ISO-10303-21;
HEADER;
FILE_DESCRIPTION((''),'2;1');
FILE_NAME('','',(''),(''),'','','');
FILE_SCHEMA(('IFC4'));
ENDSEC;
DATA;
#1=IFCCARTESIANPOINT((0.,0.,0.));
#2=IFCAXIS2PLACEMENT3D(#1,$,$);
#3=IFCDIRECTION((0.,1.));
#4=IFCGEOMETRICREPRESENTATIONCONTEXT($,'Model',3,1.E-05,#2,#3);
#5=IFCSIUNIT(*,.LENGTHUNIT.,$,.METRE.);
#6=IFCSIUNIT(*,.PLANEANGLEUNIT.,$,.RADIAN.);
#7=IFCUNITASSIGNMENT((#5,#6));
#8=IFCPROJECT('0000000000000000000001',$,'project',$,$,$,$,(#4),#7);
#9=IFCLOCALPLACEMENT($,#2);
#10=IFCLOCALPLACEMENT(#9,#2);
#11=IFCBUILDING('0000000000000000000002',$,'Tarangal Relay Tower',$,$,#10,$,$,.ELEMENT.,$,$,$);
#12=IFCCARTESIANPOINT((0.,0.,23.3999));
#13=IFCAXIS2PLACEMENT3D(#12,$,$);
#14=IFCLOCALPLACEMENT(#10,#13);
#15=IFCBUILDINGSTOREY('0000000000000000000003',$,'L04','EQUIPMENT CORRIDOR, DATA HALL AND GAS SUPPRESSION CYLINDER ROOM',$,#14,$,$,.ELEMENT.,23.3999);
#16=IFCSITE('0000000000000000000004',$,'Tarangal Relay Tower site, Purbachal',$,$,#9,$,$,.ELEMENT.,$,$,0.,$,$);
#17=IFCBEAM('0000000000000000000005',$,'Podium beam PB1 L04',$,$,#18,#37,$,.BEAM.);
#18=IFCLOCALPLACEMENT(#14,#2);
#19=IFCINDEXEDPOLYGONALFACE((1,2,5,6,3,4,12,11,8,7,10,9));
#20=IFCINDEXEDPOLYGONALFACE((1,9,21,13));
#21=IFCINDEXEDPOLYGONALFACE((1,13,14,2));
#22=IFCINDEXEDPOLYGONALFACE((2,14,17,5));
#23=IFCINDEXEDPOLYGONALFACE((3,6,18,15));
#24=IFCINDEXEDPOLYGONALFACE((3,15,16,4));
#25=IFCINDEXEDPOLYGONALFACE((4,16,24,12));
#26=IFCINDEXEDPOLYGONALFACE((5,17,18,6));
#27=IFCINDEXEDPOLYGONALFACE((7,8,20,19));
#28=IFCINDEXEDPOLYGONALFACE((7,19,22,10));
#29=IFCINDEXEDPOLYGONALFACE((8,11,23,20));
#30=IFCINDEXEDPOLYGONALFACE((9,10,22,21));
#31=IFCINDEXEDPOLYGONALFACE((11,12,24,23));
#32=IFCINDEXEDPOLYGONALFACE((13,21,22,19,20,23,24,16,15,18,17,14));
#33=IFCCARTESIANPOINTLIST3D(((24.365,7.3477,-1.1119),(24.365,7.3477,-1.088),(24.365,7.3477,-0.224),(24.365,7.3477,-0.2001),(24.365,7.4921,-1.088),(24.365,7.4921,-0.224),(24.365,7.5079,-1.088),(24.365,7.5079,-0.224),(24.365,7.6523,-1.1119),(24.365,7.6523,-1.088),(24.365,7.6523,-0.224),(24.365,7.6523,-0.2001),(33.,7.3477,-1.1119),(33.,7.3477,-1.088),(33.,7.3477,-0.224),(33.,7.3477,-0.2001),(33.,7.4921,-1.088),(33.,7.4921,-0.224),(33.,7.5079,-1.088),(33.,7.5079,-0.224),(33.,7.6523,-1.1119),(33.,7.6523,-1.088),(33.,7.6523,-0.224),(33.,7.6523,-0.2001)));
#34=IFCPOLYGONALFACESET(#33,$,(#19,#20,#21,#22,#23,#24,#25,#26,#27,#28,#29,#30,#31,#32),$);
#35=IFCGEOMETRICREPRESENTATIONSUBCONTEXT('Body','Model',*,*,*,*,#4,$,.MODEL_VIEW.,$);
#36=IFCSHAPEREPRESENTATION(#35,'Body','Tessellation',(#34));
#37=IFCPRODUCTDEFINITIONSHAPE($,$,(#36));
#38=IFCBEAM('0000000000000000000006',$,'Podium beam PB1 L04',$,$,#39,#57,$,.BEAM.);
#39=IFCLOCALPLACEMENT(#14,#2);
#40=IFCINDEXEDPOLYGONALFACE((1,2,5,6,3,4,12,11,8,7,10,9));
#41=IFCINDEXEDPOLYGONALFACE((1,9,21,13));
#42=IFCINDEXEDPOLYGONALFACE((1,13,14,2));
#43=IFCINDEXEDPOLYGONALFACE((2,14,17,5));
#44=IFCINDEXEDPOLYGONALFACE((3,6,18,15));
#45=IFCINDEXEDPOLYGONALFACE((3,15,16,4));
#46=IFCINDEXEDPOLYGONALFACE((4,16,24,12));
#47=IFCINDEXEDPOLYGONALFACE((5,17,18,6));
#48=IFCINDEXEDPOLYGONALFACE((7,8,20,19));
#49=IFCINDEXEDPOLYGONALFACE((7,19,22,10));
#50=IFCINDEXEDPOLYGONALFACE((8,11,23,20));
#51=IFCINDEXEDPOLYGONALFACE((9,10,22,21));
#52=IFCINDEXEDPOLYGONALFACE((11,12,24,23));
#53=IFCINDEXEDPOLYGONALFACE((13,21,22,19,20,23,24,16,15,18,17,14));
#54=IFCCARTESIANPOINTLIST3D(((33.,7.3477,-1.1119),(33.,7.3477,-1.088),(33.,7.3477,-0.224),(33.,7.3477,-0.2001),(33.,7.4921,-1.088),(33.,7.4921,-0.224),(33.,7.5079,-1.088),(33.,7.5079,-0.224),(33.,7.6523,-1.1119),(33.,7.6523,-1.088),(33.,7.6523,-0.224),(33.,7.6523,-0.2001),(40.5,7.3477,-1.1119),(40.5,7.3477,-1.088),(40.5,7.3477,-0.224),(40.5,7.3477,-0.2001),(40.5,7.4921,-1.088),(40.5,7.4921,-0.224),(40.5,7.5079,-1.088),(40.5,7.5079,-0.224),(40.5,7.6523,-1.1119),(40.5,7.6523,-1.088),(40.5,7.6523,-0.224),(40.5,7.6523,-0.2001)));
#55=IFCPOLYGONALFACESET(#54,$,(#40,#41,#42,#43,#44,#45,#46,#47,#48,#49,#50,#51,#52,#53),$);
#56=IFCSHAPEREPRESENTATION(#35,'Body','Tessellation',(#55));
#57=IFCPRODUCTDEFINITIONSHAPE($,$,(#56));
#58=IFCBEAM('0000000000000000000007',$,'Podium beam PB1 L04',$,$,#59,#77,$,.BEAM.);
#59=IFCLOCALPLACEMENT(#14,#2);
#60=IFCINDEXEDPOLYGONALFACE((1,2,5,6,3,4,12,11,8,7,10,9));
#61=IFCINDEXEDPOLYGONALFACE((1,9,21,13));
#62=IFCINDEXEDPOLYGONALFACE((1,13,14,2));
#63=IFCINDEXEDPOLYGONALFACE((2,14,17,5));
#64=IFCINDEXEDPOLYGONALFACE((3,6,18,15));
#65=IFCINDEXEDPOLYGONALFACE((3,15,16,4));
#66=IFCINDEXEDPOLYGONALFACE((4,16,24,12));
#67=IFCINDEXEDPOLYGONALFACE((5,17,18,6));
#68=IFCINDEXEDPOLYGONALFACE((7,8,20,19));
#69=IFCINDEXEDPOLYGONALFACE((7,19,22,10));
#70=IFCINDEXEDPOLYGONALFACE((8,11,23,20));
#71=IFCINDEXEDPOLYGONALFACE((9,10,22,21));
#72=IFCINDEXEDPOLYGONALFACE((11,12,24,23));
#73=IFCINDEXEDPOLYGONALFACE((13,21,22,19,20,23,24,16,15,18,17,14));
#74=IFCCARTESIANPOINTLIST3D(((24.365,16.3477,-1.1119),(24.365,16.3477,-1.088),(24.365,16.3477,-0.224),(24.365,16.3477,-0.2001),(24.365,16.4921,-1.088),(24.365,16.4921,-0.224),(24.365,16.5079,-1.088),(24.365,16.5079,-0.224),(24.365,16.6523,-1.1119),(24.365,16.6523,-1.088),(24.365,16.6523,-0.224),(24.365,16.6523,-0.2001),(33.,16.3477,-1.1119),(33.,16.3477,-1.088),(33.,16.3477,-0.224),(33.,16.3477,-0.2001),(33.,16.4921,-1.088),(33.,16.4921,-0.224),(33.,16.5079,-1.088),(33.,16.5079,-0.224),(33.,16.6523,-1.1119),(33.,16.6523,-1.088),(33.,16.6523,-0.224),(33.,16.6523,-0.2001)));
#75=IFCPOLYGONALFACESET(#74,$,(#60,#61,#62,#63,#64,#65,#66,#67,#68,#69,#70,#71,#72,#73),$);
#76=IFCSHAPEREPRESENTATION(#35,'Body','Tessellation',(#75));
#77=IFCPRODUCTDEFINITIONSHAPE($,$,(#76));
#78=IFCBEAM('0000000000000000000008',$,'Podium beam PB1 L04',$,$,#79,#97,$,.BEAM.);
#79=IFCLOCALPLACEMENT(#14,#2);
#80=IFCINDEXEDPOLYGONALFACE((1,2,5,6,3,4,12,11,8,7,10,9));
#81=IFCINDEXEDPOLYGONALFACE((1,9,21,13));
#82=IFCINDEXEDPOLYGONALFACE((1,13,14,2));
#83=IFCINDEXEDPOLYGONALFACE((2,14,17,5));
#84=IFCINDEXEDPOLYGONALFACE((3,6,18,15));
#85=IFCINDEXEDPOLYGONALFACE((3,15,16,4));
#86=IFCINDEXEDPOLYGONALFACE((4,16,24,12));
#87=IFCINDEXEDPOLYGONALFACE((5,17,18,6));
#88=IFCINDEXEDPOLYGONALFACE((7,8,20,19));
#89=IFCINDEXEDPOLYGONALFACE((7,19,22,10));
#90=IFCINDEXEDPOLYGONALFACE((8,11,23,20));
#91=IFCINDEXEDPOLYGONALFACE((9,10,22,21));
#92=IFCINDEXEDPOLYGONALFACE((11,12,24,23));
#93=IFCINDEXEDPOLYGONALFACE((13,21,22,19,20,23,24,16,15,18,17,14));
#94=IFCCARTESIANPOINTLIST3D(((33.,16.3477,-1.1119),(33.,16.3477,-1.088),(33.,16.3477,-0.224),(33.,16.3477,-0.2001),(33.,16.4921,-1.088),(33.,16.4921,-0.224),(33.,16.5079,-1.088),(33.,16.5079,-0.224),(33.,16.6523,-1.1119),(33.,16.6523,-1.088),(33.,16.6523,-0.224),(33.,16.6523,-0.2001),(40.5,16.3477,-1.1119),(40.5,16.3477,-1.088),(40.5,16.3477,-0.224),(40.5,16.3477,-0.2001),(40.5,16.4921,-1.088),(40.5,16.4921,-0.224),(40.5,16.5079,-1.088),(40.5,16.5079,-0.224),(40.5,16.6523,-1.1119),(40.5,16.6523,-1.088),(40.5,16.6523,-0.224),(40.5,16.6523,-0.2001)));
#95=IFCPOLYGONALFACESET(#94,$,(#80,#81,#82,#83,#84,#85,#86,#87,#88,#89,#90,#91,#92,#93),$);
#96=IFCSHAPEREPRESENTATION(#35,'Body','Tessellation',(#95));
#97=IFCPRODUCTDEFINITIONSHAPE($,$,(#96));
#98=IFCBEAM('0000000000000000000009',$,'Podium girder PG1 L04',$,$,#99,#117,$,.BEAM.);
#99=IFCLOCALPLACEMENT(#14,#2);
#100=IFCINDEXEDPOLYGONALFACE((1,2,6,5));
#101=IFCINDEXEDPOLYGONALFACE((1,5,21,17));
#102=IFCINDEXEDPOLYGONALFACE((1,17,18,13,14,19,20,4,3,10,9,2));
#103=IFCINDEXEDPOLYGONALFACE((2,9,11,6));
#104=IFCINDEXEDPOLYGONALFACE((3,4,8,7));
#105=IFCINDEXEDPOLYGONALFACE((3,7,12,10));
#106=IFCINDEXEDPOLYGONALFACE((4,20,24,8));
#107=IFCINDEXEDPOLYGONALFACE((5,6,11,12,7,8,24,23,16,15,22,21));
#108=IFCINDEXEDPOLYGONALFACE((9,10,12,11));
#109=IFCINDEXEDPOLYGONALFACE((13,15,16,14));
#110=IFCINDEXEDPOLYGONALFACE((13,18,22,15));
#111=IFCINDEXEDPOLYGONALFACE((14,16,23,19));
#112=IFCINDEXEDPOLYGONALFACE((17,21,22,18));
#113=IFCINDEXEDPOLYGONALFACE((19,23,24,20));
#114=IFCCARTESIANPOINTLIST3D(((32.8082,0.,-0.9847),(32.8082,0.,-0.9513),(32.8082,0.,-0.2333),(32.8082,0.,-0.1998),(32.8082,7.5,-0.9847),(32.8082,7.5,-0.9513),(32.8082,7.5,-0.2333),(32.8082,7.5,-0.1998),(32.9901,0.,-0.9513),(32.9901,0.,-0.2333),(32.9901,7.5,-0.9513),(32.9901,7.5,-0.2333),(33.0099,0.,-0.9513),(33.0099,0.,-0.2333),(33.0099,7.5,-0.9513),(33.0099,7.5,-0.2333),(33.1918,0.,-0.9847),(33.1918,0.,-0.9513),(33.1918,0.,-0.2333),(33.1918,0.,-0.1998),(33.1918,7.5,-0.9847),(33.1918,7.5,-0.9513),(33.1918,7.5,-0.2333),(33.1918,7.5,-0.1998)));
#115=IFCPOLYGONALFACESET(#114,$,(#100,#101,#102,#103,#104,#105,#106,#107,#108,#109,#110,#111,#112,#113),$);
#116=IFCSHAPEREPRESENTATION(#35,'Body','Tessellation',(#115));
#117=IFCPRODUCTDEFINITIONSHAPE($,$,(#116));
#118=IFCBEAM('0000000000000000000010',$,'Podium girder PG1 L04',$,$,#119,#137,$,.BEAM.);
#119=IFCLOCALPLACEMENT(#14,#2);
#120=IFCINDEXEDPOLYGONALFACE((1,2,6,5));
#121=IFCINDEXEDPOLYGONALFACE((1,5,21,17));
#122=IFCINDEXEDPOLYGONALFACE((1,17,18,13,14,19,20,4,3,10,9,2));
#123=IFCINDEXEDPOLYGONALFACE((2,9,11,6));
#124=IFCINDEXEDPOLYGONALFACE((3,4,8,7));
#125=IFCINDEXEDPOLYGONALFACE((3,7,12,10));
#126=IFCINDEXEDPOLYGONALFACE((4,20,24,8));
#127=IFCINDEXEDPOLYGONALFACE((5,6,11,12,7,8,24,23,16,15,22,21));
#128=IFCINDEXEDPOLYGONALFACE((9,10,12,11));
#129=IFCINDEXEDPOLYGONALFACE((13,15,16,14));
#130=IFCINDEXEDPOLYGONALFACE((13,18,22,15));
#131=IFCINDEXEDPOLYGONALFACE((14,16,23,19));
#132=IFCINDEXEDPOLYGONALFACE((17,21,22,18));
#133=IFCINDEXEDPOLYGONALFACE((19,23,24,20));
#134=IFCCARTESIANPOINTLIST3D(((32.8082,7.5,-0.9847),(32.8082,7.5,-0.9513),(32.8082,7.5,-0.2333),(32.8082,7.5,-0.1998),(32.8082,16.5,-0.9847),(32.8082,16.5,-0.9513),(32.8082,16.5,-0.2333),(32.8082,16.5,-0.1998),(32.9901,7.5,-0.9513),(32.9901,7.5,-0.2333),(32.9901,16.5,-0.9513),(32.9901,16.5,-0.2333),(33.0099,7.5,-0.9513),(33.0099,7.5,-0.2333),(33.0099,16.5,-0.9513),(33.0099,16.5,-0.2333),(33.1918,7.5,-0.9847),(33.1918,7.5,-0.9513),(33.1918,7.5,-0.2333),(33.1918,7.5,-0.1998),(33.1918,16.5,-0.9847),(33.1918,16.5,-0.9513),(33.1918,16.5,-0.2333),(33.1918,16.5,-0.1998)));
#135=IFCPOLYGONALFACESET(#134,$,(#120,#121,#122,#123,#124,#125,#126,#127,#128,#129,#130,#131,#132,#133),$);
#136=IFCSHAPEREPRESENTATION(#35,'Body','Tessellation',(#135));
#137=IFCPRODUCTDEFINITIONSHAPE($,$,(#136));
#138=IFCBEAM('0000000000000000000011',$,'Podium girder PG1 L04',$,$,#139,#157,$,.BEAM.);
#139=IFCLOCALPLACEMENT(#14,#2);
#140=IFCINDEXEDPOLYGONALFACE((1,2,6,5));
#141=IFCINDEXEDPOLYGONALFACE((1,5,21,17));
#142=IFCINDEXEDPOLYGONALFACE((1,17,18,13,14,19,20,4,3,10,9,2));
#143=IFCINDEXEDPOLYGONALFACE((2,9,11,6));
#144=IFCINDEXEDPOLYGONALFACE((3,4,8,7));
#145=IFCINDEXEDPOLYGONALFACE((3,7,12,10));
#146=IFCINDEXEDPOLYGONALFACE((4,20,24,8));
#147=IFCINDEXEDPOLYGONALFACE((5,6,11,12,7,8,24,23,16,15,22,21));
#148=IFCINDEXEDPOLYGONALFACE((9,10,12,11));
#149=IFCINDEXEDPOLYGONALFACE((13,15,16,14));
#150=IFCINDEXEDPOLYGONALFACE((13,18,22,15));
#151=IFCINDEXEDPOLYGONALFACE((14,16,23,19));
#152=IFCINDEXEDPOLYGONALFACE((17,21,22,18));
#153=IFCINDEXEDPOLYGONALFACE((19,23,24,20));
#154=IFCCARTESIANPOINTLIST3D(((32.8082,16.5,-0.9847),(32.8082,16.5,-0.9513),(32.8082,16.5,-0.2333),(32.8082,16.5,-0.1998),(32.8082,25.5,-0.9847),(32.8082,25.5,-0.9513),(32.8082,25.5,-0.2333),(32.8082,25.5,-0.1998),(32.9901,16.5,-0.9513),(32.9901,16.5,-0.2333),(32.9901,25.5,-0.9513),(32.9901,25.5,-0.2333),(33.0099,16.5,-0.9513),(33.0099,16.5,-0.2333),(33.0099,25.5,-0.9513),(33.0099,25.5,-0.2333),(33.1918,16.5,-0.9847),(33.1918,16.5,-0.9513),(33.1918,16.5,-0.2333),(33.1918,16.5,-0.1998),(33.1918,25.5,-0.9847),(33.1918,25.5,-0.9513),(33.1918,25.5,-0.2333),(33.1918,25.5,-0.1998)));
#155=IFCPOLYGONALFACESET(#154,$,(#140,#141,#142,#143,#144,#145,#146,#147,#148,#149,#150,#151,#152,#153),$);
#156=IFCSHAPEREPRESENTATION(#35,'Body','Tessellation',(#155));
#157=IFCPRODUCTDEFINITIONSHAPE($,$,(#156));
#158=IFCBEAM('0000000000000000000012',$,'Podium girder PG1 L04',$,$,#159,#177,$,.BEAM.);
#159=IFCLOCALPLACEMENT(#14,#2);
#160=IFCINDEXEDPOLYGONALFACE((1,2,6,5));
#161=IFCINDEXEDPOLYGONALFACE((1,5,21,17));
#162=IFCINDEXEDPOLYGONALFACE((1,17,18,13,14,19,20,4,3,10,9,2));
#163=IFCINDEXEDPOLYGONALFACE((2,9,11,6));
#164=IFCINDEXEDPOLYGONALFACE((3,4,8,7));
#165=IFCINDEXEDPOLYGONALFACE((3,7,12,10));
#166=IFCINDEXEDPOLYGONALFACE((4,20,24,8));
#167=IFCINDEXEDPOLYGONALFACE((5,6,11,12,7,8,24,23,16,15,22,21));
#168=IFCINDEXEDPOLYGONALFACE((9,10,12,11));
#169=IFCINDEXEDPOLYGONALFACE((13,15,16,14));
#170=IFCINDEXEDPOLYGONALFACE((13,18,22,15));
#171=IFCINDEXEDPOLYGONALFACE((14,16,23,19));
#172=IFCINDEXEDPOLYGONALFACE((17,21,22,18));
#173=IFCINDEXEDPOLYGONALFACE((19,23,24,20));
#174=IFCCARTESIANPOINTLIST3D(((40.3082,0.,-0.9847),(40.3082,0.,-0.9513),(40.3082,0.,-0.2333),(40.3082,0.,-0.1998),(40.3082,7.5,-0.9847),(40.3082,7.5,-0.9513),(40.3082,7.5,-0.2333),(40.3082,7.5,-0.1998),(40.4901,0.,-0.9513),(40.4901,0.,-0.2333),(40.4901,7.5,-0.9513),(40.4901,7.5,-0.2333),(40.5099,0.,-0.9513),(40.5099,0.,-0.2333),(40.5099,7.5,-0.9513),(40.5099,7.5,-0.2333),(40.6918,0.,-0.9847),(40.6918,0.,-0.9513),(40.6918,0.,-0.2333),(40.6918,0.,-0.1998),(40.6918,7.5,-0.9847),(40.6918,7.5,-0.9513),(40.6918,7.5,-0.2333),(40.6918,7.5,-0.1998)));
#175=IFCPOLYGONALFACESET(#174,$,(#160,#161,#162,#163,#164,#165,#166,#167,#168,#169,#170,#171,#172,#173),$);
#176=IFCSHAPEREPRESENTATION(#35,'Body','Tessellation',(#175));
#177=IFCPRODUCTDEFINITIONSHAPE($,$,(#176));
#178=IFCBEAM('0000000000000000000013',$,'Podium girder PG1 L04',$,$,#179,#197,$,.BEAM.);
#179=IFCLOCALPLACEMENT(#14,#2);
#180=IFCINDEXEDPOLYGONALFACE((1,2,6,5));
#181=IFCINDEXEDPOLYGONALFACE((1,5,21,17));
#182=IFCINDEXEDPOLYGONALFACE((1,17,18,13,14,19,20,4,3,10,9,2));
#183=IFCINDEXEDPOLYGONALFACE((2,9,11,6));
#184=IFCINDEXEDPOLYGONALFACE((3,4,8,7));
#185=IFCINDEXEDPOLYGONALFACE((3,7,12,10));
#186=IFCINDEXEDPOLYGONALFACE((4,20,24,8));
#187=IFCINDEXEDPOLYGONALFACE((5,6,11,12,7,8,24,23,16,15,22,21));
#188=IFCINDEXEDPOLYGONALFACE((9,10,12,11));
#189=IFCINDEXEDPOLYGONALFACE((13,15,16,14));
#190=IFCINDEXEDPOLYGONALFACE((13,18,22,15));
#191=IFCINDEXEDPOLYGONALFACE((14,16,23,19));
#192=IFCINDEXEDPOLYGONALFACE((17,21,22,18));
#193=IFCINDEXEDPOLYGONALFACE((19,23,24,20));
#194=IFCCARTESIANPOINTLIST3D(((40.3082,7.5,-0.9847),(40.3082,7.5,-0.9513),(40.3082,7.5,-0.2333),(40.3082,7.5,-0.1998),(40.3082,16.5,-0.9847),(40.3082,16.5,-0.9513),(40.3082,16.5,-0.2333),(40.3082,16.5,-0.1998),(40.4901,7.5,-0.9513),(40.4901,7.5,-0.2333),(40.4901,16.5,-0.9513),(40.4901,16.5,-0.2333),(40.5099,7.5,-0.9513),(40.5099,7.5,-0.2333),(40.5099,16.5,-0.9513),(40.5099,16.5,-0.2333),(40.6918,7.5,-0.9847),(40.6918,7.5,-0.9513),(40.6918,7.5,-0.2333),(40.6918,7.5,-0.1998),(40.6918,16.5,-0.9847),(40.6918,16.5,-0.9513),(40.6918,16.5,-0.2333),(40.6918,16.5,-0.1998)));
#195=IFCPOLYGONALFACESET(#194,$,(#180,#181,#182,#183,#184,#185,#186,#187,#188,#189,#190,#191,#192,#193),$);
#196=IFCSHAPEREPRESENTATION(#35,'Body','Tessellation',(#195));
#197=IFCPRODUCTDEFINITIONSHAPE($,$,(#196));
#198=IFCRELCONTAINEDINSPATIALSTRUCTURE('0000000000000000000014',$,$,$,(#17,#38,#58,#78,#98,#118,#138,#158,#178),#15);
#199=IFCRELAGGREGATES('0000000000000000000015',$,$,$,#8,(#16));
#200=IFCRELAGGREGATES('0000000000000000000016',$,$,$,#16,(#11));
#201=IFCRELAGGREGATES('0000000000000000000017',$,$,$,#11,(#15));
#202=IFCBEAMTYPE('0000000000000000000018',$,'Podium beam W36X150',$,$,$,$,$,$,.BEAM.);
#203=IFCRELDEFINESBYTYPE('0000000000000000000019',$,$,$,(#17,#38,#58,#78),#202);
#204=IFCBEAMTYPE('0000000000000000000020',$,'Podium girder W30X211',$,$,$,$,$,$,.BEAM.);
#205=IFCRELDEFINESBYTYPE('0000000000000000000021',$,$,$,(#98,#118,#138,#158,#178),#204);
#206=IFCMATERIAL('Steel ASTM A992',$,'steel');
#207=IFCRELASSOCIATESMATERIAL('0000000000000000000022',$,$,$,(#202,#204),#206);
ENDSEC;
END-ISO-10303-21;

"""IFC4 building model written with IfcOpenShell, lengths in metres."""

from ifc_helpers import new_model, si_unit, direction, frame, origin, origin_2d, place, context, subcontext, project, spatial, i_section, extrude, material, material_profile, profile_set, type_object, element, save


model = new_model("IFC4")

# Units and contexts
model_context = context("Model", 3, precision=1e-05, world=origin(), true_north=direction((0.0, 1.0)))
body_context = subcontext(model_context, "Body", "Model", "MODEL_VIEW")
ifc_project = project(units=[si_unit("LENGTHUNIT", "METRE"), si_unit("PLANEANGLEUNIT", "RADIAN")], contexts=[model_context])

# Site, building, storey
site_placement = place(None, origin())
site = spatial("IfcSite", under=ifc_project, at=site_placement, Name="Tarangal Relay Tower site, Purbachal", CompositionType="ELEMENT", RefElevation=0.0)
building_placement = place(site_placement, origin())
building = spatial("IfcBuilding", under=site, at=building_placement, Name="Tarangal Relay Tower", CompositionType="ELEMENT")
storey_placement = place(building_placement, frame((0.0, 0.0, 23.3999)))
storey = spatial("IfcBuildingStorey", under=building, at=storey_placement, Name="L04", Description="EQUIPMENT CORRIDOR, DATA HALL AND GAS SUPPRESSION CYLINDER ROOM", CompositionType="ELEMENT", Elevation=23.3999)

# Beams
ifc_material_1 = material(Name="Steel ASTM A992", Category="steel")
ifc_material_profile_1 = material_profile(ifc_material_1, i_section(OverallWidth=0.3047, OverallDepth=0.9119, WebThickness=0.0159, FlangeThickness=0.0239, at=origin_2d()), Name="W36X150")
ifc_profile_set_1 = profile_set([ifc_material_profile_1], Name="Steel ASTM A992")
beam_type_1 = type_object("IfcBeamType", Name="Podium beam W36X150", PredefinedType="BEAM", material=ifc_profile_set_1)
beam_1_placement = place(storey_placement, frame((24.365, 7.5, -0.656), z_axis=(1.0, 0.0, 0.0), x_axis=(0.0, 1.0, 0.0)))
element("IfcBeam", 1, at=beam_1_placement, inside=storey, type_object=beam_type_1, Name="Podium beam PB1 L04", PredefinedType="BEAM", context=body_context, shape_type="SweptSolid", body=[
    extrude(i_section(OverallWidth=0.3047, OverallDepth=0.9119, WebThickness=0.0159, FlangeThickness=0.0239, at=origin_2d()), origin(), (0.0, 0.0, 1.0), 8.635),
])
beam_2_placement = place(storey_placement, frame((33.0, 7.5, -0.656), z_axis=(1.0, 0.0, 0.0), x_axis=(0.0, 1.0, 0.0)))
element("IfcBeam", 2, at=beam_2_placement, inside=storey, type_object=beam_type_1, Name="Podium beam PB1 L04", PredefinedType="BEAM", context=body_context, shape_type="SweptSolid", body=[
    extrude(i_section(OverallWidth=0.3047, OverallDepth=0.9119, WebThickness=0.0159, FlangeThickness=0.0239, at=origin_2d()), origin(), (0.0, 0.0, 1.0), 7.5),
])
beam_3_placement = place(storey_placement, frame((24.365, 16.5, -0.656), z_axis=(1.0, 0.0, 0.0), x_axis=(0.0, 1.0, 0.0)))
element("IfcBeam", 3, at=beam_3_placement, inside=storey, type_object=beam_type_1, Name="Podium beam PB1 L04", PredefinedType="BEAM", context=body_context, shape_type="SweptSolid", body=[
    extrude(i_section(OverallWidth=0.3047, OverallDepth=0.9119, WebThickness=0.0159, FlangeThickness=0.0239, at=origin_2d()), origin(), (0.0, 0.0, 1.0), 8.635),
])
beam_4_placement = place(storey_placement, frame((33.0, 16.5, -0.656), z_axis=(1.0, 0.0, 0.0), x_axis=(0.0, 1.0, 0.0)))
element("IfcBeam", 4, at=beam_4_placement, inside=storey, type_object=beam_type_1, Name="Podium beam PB1 L04", PredefinedType="BEAM", context=body_context, shape_type="SweptSolid", body=[
    extrude(i_section(OverallWidth=0.3047, OverallDepth=0.9119, WebThickness=0.0159, FlangeThickness=0.0239, at=origin_2d()), origin(), (0.0, 0.0, 1.0), 7.5),
])
ifc_material_profile_2 = material_profile(ifc_material_1, i_section(OverallWidth=0.3835, OverallDepth=0.7849, WebThickness=0.0198, FlangeThickness=0.0334, at=origin_2d()), Name="W30X211")
ifc_profile_set_2 = profile_set([ifc_material_profile_2], Name="Steel ASTM A992")
beam_type_2 = type_object("IfcBeamType", Name="Podium girder W30X211", PredefinedType="BEAM", material=ifc_profile_set_2)
beam_5_placement = place(storey_placement, frame((33.0, 0.0, -0.5923), z_axis=(0.0, 1.0, 0.0), x_axis=(-1.0, 0.0, 0.0)))
element("IfcBeam", 5, at=beam_5_placement, inside=storey, type_object=beam_type_2, Name="Podium girder PG1 L04", PredefinedType="BEAM", context=body_context, shape_type="SweptSolid", body=[
    extrude(i_section(OverallWidth=0.3835, OverallDepth=0.7849, WebThickness=0.0198, FlangeThickness=0.0334, at=origin_2d()), origin(), (0.0, 0.0, 1.0), 7.5),
])
for number, where, z_axis, x_axis, name in (
    (6, (33.0, 7.5, -0.5923), (0.0, 1.0, 0.0), (-1.0, 0.0, 0.0), "Podium girder PG1 L04"),
    (7, (33.0, 16.5, -0.5923), (0.0, 1.0, 0.0), (-1.0, 0.0, 0.0), "Podium girder PG1 L04"),
):
    element("IfcBeam", number, at=place(storey_placement, frame(where, z_axis=z_axis, x_axis=x_axis)), inside=storey, type_object=beam_type_2, Name=name, PredefinedType="BEAM", context=body_context, shape_type="SweptSolid", body=[
        extrude(i_section(OverallWidth=0.3835, OverallDepth=0.7849, WebThickness=0.0198, FlangeThickness=0.0334, at=origin_2d()), origin(), (0.0, 0.0, 1.0), 9.0),
    ])
beam_6_placement = place(storey_placement, frame((40.5, 0.0, -0.5923), z_axis=(0.0, 1.0, 0.0), x_axis=(-1.0, 0.0, 0.0)))
element("IfcBeam", 8, at=beam_6_placement, inside=storey, type_object=beam_type_2, Name="Podium girder PG1 L04", PredefinedType="BEAM", context=body_context, shape_type="SweptSolid", body=[
    extrude(i_section(OverallWidth=0.3835, OverallDepth=0.7849, WebThickness=0.0198, FlangeThickness=0.0334, at=origin_2d()), origin(), (0.0, 0.0, 1.0), 7.5),
])
beam_7_placement = place(storey_placement, frame((40.5, 7.5, -0.5923), z_axis=(0.0, 1.0, 0.0), x_axis=(-1.0, 0.0, 0.0)))
element("IfcBeam", 9, at=beam_7_placement, inside=storey, type_object=beam_type_2, Name="Podium girder PG1 L04", PredefinedType="BEAM", context=body_context, shape_type="SweptSolid", body=[
    extrude(i_section(OverallWidth=0.3835, OverallDepth=0.7849, WebThickness=0.0198, FlangeThickness=0.0334, at=origin_2d()), origin(), (0.0, 0.0, 1.0), 9.0),
])

save(model, "model.ifc")
